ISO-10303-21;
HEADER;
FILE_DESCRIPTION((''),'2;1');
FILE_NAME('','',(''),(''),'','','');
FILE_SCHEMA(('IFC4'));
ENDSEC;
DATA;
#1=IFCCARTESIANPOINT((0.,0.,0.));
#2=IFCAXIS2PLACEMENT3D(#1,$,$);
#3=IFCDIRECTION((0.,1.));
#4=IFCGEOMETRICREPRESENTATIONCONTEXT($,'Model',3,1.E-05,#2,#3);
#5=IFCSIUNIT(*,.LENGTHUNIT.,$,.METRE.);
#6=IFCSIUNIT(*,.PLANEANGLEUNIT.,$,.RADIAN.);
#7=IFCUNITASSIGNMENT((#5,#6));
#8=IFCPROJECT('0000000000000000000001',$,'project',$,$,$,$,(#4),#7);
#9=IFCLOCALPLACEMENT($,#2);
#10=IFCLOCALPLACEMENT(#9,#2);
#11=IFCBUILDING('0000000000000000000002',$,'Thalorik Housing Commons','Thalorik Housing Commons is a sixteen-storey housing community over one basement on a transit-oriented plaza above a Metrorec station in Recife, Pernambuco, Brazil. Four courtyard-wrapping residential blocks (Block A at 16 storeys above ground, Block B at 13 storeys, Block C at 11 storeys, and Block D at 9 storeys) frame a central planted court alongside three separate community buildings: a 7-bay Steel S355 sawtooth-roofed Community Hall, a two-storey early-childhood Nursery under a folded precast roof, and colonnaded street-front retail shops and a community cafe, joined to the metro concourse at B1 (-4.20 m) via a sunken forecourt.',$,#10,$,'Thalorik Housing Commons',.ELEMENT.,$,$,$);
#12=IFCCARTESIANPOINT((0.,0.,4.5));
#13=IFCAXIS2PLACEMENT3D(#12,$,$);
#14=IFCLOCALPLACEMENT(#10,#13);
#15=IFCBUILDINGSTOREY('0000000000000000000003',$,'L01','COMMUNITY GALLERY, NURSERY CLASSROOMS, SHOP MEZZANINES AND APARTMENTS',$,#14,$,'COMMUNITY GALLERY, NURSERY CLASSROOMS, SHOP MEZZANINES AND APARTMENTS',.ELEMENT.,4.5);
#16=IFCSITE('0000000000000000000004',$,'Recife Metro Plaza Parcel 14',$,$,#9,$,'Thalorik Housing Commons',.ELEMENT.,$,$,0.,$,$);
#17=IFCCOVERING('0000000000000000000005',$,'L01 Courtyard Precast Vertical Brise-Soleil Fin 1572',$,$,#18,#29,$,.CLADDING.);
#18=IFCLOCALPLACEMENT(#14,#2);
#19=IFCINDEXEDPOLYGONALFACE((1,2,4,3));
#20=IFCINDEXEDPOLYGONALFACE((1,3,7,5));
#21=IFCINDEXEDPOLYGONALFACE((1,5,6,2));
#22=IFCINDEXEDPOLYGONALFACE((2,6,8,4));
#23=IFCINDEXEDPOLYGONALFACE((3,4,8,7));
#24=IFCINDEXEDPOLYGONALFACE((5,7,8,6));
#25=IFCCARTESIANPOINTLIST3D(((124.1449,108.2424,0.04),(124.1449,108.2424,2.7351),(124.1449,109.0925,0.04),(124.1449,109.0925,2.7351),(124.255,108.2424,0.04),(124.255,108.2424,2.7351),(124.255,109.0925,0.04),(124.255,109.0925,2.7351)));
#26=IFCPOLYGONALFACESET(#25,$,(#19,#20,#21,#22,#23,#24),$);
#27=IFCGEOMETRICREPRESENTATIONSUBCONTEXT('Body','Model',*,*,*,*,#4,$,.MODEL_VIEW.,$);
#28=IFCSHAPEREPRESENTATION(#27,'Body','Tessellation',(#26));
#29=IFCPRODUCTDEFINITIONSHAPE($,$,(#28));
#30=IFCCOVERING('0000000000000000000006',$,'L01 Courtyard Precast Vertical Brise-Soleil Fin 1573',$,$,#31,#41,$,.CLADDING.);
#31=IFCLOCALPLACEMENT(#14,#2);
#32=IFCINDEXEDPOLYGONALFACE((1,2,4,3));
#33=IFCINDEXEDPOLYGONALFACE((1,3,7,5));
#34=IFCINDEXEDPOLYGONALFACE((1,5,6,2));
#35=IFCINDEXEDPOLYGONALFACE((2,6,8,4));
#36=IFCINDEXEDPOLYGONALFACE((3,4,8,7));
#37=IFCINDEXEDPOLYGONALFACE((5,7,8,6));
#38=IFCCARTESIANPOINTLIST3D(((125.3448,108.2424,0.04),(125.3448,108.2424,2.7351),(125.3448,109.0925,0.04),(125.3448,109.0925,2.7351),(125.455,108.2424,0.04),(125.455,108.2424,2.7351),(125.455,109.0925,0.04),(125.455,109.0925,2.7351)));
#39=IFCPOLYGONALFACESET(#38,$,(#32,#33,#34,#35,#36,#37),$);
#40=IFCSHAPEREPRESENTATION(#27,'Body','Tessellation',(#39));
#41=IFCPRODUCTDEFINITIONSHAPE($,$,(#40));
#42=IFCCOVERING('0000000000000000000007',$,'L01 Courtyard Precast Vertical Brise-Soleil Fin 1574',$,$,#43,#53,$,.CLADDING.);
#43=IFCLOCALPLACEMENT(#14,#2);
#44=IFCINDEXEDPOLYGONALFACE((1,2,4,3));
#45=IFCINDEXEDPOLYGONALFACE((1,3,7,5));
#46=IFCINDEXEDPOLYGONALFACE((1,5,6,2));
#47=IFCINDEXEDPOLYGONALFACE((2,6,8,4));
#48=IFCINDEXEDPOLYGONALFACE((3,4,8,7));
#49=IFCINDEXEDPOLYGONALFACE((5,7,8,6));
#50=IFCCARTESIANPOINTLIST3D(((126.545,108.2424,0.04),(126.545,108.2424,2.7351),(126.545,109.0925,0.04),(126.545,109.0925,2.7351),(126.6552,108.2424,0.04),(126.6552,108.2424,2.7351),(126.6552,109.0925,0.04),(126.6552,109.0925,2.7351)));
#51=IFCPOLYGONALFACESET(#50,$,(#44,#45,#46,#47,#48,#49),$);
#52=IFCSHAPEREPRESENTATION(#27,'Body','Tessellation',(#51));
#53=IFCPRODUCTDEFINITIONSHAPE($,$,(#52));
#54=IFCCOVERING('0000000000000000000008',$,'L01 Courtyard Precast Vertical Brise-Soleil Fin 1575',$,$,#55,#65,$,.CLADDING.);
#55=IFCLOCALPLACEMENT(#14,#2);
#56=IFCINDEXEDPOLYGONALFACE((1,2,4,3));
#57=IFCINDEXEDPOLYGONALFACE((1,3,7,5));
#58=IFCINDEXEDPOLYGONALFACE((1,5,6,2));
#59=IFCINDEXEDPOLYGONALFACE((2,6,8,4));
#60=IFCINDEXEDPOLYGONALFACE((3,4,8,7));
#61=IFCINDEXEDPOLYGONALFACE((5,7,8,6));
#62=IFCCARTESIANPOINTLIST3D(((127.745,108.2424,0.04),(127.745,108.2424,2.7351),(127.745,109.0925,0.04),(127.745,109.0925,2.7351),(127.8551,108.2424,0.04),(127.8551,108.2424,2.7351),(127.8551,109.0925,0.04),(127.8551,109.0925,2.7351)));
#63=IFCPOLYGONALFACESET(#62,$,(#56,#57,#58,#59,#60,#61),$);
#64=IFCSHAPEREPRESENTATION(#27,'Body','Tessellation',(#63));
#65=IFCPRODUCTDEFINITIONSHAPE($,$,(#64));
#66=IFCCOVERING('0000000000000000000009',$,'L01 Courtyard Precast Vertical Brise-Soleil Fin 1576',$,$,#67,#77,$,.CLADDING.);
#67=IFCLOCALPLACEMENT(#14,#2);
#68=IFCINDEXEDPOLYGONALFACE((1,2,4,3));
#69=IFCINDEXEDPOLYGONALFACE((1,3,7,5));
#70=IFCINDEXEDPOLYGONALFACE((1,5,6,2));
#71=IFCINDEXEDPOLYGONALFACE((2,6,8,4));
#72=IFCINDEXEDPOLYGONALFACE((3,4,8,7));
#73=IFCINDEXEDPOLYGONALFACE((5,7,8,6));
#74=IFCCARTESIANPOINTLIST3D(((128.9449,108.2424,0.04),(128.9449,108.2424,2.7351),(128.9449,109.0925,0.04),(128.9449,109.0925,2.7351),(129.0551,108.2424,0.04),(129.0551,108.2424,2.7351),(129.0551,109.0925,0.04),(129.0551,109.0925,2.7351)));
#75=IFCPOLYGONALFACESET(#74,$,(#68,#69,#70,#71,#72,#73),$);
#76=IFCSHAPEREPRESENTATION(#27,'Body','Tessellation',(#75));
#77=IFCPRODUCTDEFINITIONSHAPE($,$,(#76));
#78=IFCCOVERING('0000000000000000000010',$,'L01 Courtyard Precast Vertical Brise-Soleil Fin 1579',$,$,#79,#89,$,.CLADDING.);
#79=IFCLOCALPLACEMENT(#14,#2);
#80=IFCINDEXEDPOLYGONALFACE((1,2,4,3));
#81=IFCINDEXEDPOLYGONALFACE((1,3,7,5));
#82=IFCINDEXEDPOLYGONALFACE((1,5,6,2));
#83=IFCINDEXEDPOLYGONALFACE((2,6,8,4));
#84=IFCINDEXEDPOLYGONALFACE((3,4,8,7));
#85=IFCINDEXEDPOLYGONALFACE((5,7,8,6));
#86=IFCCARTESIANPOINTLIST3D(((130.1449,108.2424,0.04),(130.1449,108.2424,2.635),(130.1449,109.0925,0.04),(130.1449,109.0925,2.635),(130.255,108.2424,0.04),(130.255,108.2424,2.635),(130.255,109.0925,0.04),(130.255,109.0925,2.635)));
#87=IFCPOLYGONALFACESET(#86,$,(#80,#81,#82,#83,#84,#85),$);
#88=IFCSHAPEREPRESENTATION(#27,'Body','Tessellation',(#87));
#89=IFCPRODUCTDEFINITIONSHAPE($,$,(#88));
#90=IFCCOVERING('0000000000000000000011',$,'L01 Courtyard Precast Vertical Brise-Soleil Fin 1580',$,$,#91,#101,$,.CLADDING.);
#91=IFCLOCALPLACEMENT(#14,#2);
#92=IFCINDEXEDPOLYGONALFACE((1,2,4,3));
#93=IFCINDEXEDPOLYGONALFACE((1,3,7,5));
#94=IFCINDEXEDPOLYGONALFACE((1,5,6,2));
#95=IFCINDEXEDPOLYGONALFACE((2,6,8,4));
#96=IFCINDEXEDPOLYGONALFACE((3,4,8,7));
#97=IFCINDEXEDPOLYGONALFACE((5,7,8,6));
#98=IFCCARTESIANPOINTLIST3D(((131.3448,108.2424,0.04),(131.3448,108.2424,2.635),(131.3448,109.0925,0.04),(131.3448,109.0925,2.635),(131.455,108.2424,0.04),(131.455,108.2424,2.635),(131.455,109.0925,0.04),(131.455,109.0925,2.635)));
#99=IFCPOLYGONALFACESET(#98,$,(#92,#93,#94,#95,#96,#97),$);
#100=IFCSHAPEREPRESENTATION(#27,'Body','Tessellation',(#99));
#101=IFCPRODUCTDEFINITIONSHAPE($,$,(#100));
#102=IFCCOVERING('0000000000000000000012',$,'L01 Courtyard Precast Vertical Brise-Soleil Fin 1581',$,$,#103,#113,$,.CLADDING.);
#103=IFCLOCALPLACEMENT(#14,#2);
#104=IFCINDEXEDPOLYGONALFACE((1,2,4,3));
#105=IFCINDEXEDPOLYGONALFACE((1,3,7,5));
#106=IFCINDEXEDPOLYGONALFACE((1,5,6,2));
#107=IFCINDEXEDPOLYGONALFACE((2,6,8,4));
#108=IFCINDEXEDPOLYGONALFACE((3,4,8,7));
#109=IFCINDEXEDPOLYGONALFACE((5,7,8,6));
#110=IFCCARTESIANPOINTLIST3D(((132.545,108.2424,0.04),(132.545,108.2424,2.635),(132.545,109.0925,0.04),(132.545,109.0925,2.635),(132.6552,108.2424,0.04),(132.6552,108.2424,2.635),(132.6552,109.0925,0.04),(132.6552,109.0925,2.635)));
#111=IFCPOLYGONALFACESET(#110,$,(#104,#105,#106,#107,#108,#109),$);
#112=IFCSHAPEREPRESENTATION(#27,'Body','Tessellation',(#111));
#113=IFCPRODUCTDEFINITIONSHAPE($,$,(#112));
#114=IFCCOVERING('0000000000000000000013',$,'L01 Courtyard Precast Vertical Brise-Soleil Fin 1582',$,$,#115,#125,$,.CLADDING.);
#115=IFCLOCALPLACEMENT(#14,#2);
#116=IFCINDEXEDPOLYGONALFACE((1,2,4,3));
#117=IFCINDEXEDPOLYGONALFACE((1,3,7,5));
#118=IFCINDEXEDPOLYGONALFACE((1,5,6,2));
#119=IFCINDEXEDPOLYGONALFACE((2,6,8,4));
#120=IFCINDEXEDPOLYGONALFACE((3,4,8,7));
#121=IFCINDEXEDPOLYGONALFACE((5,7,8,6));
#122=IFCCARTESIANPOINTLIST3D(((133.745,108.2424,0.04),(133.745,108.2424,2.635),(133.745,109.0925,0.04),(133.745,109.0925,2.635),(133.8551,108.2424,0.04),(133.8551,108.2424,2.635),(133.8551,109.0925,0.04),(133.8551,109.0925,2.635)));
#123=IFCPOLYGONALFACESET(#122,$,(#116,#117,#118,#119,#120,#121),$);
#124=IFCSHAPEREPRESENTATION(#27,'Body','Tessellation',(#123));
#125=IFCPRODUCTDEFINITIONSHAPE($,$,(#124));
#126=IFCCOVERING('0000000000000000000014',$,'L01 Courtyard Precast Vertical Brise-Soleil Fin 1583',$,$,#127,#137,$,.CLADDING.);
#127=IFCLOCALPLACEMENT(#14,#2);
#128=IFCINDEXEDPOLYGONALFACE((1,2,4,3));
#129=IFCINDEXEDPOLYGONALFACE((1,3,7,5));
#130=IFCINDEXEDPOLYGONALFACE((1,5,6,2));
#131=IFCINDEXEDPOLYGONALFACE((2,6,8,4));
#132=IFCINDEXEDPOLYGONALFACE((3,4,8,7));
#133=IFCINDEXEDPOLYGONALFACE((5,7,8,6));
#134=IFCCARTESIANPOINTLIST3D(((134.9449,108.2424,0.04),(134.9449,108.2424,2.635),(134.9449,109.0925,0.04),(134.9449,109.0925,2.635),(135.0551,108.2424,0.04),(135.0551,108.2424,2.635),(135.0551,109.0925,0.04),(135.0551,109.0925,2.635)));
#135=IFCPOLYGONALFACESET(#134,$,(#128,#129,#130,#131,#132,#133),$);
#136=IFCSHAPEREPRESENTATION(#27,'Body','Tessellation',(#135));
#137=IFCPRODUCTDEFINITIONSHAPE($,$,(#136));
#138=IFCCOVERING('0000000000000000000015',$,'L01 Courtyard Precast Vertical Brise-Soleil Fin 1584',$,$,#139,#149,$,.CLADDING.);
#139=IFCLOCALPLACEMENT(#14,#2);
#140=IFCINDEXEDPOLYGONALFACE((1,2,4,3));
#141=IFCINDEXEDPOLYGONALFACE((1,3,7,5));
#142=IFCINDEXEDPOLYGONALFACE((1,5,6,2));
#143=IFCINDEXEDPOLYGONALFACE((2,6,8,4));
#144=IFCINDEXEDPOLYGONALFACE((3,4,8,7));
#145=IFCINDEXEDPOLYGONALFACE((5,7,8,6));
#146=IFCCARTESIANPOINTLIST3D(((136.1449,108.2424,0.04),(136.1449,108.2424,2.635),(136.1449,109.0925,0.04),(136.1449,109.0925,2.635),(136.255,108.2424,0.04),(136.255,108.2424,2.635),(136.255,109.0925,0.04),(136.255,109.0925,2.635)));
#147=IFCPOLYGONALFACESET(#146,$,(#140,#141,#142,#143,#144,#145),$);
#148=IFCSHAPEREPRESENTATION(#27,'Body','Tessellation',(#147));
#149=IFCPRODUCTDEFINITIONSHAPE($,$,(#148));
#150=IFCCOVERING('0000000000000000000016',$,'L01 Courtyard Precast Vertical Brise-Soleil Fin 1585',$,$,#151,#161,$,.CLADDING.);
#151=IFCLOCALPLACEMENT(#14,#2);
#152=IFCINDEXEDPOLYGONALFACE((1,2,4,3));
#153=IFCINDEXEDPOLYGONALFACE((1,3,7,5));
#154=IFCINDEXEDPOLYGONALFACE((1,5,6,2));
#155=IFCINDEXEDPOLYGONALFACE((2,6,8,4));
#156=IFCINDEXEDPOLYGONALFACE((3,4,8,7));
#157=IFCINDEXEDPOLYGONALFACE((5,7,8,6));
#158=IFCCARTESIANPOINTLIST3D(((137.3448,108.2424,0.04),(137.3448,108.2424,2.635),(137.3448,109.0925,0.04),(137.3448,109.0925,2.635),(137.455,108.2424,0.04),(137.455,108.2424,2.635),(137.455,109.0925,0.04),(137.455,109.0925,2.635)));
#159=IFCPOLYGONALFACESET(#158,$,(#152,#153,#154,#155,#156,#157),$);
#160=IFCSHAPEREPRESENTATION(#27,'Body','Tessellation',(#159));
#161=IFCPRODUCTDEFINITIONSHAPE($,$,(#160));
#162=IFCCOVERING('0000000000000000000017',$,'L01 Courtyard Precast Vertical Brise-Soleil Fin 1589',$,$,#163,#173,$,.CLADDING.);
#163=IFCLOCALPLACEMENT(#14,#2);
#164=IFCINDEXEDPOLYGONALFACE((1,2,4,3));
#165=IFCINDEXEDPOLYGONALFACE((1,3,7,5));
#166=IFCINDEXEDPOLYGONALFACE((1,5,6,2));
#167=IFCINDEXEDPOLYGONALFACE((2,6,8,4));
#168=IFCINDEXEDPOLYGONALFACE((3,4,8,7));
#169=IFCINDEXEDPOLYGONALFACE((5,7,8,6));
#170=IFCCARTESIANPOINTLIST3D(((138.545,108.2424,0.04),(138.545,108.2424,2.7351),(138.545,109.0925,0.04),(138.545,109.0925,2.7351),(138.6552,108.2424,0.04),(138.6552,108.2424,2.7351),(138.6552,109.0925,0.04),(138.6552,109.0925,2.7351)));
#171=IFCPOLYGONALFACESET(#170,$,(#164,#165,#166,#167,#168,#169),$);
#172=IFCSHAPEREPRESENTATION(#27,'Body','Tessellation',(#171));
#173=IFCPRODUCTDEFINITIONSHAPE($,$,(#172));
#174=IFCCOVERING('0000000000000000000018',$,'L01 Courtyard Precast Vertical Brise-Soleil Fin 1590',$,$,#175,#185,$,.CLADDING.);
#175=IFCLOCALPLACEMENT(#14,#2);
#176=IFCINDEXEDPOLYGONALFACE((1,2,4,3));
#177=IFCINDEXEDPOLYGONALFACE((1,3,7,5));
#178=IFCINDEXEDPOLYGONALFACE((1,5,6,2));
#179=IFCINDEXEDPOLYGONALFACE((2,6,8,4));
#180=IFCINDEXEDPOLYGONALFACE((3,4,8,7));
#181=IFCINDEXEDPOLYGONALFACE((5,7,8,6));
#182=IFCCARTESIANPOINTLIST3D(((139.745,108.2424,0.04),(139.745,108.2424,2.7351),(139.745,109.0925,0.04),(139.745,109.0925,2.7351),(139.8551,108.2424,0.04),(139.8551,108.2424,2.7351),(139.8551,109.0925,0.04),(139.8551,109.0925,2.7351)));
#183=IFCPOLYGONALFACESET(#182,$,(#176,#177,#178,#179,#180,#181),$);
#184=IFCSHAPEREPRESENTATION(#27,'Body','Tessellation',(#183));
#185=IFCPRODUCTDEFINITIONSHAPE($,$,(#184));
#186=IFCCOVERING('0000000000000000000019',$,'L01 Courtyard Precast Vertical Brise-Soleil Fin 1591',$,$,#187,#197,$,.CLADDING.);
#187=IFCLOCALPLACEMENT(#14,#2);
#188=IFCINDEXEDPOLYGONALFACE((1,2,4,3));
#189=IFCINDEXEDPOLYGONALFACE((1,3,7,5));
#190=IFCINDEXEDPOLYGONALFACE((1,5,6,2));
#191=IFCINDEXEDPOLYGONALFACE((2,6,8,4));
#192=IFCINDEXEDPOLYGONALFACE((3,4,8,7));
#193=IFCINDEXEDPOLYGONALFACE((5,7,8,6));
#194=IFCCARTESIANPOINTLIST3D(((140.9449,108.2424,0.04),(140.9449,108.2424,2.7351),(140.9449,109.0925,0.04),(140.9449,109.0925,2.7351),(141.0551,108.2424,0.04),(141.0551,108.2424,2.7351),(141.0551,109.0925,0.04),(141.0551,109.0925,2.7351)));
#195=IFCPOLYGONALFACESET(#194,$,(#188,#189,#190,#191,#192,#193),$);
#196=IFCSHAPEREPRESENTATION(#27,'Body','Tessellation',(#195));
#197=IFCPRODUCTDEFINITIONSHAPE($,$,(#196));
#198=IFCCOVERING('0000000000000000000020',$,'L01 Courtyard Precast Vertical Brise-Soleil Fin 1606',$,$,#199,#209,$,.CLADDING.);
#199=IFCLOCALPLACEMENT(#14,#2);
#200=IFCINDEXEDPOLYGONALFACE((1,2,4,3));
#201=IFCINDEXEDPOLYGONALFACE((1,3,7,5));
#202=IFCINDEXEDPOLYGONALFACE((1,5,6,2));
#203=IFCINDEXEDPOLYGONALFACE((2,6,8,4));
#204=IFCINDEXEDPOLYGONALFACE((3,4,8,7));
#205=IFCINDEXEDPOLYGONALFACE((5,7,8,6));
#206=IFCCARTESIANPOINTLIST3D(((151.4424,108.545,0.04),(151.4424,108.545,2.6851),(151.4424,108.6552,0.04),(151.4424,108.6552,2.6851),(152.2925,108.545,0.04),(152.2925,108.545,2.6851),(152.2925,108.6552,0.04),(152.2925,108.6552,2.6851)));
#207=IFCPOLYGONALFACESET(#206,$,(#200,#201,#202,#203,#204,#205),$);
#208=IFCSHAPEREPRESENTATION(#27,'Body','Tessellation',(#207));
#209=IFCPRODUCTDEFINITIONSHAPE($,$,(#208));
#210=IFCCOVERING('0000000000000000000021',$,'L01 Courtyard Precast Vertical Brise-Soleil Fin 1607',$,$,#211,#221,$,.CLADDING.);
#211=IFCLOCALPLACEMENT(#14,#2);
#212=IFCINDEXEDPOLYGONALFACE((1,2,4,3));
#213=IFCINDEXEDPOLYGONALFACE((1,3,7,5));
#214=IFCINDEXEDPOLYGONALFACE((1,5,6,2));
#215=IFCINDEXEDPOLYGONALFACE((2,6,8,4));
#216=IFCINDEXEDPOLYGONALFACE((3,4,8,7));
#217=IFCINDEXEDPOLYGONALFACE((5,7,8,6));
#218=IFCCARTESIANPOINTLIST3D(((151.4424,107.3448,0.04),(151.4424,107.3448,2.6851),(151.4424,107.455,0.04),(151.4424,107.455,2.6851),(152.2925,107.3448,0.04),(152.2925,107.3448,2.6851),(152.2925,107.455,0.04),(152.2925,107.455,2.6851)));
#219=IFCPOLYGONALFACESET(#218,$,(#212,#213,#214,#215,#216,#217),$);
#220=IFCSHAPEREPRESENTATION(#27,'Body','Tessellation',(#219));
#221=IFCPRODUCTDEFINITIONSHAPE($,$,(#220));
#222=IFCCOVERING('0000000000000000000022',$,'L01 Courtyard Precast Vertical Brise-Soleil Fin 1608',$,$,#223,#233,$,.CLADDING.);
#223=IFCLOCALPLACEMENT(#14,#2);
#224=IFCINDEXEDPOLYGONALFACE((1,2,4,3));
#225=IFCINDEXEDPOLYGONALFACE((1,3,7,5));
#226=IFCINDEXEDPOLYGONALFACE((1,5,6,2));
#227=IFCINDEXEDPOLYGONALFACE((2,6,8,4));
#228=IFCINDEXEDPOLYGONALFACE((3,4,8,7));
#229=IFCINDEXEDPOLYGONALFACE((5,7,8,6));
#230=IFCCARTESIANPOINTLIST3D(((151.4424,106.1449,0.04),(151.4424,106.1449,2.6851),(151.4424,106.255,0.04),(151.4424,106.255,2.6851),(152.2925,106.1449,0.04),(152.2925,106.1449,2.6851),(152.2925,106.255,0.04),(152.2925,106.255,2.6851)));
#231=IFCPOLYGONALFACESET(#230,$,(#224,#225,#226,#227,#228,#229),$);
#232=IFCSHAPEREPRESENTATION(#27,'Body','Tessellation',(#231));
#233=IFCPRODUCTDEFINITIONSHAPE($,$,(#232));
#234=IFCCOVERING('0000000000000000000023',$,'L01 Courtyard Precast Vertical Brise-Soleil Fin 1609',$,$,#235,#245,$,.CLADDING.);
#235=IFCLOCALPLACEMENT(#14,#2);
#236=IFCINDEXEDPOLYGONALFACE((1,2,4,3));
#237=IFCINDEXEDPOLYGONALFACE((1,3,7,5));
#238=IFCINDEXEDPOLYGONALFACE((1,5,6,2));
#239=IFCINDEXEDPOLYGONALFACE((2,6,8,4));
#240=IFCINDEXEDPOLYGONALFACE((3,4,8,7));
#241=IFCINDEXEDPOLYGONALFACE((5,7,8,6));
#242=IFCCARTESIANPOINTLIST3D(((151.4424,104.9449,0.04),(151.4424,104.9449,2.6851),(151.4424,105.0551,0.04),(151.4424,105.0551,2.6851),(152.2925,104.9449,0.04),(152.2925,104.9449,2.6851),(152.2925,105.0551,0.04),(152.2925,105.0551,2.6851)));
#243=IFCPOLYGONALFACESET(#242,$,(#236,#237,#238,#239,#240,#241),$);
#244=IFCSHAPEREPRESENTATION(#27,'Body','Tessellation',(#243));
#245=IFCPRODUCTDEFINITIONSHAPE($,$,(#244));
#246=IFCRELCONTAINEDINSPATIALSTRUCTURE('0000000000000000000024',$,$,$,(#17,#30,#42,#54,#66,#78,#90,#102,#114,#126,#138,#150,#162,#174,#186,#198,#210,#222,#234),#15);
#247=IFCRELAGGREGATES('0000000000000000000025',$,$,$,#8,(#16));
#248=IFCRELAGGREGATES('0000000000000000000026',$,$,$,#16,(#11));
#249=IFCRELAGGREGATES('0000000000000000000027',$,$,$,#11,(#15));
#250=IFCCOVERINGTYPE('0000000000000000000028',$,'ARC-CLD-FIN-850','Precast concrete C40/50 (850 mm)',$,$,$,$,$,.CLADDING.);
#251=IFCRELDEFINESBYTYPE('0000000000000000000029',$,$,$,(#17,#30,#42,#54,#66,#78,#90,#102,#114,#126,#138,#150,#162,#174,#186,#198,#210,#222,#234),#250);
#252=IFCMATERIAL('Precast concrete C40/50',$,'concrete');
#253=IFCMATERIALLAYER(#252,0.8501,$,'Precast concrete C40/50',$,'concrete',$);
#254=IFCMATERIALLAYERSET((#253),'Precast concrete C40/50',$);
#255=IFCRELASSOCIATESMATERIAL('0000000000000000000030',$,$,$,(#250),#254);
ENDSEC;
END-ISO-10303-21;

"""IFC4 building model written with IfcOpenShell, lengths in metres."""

from ifc_helpers import new_model, si_unit, direction, frame, origin, origin_2d, place, context, subcontext, project, spatial, rectangle, extrude, material, layer, layer_set, type_object, element, save


model = new_model("IFC4")

# Units and contexts
model_context = context("Model", 3, precision=1e-05, world=origin(), true_north=direction((0.0, 1.0)))
body_context = subcontext(model_context, "Body", "Model", "MODEL_VIEW")
ifc_project = project(units=[si_unit("LENGTHUNIT", "METRE"), si_unit("PLANEANGLEUNIT", "RADIAN")], contexts=[model_context])

# Site, building, storey
site_placement = place(None, origin())
site = spatial("IfcSite", under=ifc_project, at=site_placement, Name="Recife Metro Plaza Parcel 14", LongName="Thalorik Housing Commons", CompositionType="ELEMENT", RefElevation=0.0)
building_placement = place(site_placement, origin())
building = spatial("IfcBuilding", under=site, at=building_placement, Name="Thalorik Housing Commons", Description="Thalorik Housing Commons is a sixteen-storey housing community over one basement on a transit-oriented plaza above a Metrorec station in Recife, Pernambuco, Brazil. Four courtyard-wrapping residential blocks (Block A at 16 storeys above ground, Block B at 13 storeys, Block C at 11 storeys, and Block D at 9 storeys) frame a central planted court alongside three separate community buildings: a 7-bay Steel S355 sawtooth-roofed Community Hall, a two-storey early-childhood Nursery under a folded precast roof, and colonnaded street-front retail shops and a community cafe, joined to the metro concourse at B1 (-4.20 m) via a sunken forecourt.", LongName="Thalorik Housing Commons", CompositionType="ELEMENT")
storey_placement = place(building_placement, frame((0.0, 0.0, 4.5)))
storey = spatial("IfcBuildingStorey", under=building, at=storey_placement, Name="L01", Description="COMMUNITY GALLERY, NURSERY CLASSROOMS, SHOP MEZZANINES AND APARTMENTS", LongName="COMMUNITY GALLERY, NURSERY CLASSROOMS, SHOP MEZZANINES AND APARTMENTS", CompositionType="ELEMENT", Elevation=4.5)

# Coverings
ifc_material = material(Name="Precast concrete C40/50", Category="concrete")
ifc_layer_1 = layer(ifc_material, 0.8501, Name="Precast concrete C40/50", Category="concrete")
ifc_layer_set_1 = layer_set([ifc_layer_1], Name="Precast concrete C40/50")
covering_type_1 = type_object("IfcCoveringType", Name="ARC-CLD-FIN-850", Description="Precast concrete C40/50 (850 mm)", PredefinedType="CLADDING", material=ifc_layer_set_1)
for number, where, z_axis, x_axis, name in (
    (1, (124.2, 108.6675, 0.04), (0.0, 0.0, 1.0), (1.0, 0.0, 0.0), "L01 Courtyard Precast Vertical Brise-Soleil Fin 1572"),
    (2, (125.3999, 108.6675, 0.04), (0.0, 0.0, 1.0), (1.0, 0.0, 0.0), "L01 Courtyard Precast Vertical Brise-Soleil Fin 1573"),
    (3, (126.6001, 108.6675, 0.04), (0.0, 0.0, 1.0), (1.0, 0.0, 0.0), "L01 Courtyard Precast Vertical Brise-Soleil Fin 1574"),
    (4, (127.8, 108.6675, 0.04), (0.0, 0.0, 1.0), (1.0, 0.0, 0.0), "L01 Courtyard Precast Vertical Brise-Soleil Fin 1575"),
    (5, (129.0, 108.6675, 0.04), (0.0, 0.0, 1.0), (1.0, 0.0, 0.0), "L01 Courtyard Precast Vertical Brise-Soleil Fin 1576"),
):
    element("IfcCovering", number, at=place(storey_placement, frame(where, z_axis=z_axis, x_axis=x_axis)), inside=storey, type_object=covering_type_1, Name=name, PredefinedType="CLADDING", context=body_context, shape_type="SweptSolid", body=[
        extrude(rectangle(XDim=0.1101, YDim=0.8501, at=origin_2d()), origin(), (0.0, 0.0, 1.0), 2.6951),
    ])
for number, where, z_axis, x_axis, name in (
    (6, (130.2, 108.6675, 0.04), (0.0, 0.0, 1.0), (1.0, 0.0, 0.0), "L01 Courtyard Precast Vertical Brise-Soleil Fin 1579"),
    (7, (131.3999, 108.6675, 0.04), (0.0, 0.0, 1.0), (1.0, 0.0, 0.0), "L01 Courtyard Precast Vertical Brise-Soleil Fin 1580"),
    (8, (132.6001, 108.6675, 0.04), (0.0, 0.0, 1.0), (1.0, 0.0, 0.0), "L01 Courtyard Precast Vertical Brise-Soleil Fin 1581"),
    (9, (133.8, 108.6675, 0.04), (0.0, 0.0, 1.0), (1.0, 0.0, 0.0), "L01 Courtyard Precast Vertical Brise-Soleil Fin 1582"),
    (10, (135.0, 108.6675, 0.04), (0.0, 0.0, 1.0), (1.0, 0.0, 0.0), "L01 Courtyard Precast Vertical Brise-Soleil Fin 1583"),
    (11, (136.2, 108.6675, 0.04), (0.0, 0.0, 1.0), (1.0, 0.0, 0.0), "L01 Courtyard Precast Vertical Brise-Soleil Fin 1584"),
    (12, (137.3999, 108.6675, 0.04), (0.0, 0.0, 1.0), (1.0, 0.0, 0.0), "L01 Courtyard Precast Vertical Brise-Soleil Fin 1585"),
):
    element("IfcCovering", number, at=place(storey_placement, frame(where, z_axis=z_axis, x_axis=x_axis)), inside=storey, type_object=covering_type_1, Name=name, PredefinedType="CLADDING", context=body_context, shape_type="SweptSolid", body=[
        extrude(rectangle(XDim=0.1101, YDim=0.8501, at=origin_2d()), origin(), (0.0, 0.0, 1.0), 2.595),
    ])
for number, where, z_axis, x_axis, name in (
    (13, (138.6001, 108.6675, 0.04), (0.0, 0.0, 1.0), (1.0, 0.0, 0.0), "L01 Courtyard Precast Vertical Brise-Soleil Fin 1589"),
    (14, (139.8, 108.6675, 0.04), (0.0, 0.0, 1.0), (1.0, 0.0, 0.0), "L01 Courtyard Precast Vertical Brise-Soleil Fin 1590"),
    (15, (141.0, 108.6675, 0.04), (0.0, 0.0, 1.0), (1.0, 0.0, 0.0), "L01 Courtyard Precast Vertical Brise-Soleil Fin 1591"),
):
    element("IfcCovering", number, at=place(storey_placement, frame(where, z_axis=z_axis, x_axis=x_axis)), inside=storey, type_object=covering_type_1, Name=name, PredefinedType="CLADDING", context=body_context, shape_type="SweptSolid", body=[
        extrude(rectangle(XDim=0.1101, YDim=0.8501, at=origin_2d()), origin(), (0.0, 0.0, 1.0), 2.6951),
    ])
for number, where, z_axis, x_axis, name in (
    (16, (151.8674, 108.6001, 0.04), (0.0, 0.0, 1.0), (0.0, -1.0, 0.0), "L01 Courtyard Precast Vertical Brise-Soleil Fin 1606"),
    (17, (151.8674, 107.3999, 0.04), (0.0, 0.0, 1.0), (0.0, -1.0, 0.0), "L01 Courtyard Precast Vertical Brise-Soleil Fin 1607"),
    (18, (151.8674, 106.2, 0.04), (0.0, 0.0, 1.0), (0.0, -1.0, 0.0), "L01 Courtyard Precast Vertical Brise-Soleil Fin 1608"),
    (19, (151.8674, 105.0, 0.04), (0.0, 0.0, 1.0), (0.0, -1.0, 0.0), "L01 Courtyard Precast Vertical Brise-Soleil Fin 1609"),
):
    element("IfcCovering", number, at=place(storey_placement, frame(where, z_axis=z_axis, x_axis=x_axis)), inside=storey, type_object=covering_type_1, Name=name, PredefinedType="CLADDING", context=body_context, shape_type="SweptSolid", body=[
        extrude(rectangle(XDim=0.1101, YDim=0.8501, at=origin_2d()), origin(), (0.0, 0.0, 1.0), 2.645),
    ])

save(model, "model.ifc")
